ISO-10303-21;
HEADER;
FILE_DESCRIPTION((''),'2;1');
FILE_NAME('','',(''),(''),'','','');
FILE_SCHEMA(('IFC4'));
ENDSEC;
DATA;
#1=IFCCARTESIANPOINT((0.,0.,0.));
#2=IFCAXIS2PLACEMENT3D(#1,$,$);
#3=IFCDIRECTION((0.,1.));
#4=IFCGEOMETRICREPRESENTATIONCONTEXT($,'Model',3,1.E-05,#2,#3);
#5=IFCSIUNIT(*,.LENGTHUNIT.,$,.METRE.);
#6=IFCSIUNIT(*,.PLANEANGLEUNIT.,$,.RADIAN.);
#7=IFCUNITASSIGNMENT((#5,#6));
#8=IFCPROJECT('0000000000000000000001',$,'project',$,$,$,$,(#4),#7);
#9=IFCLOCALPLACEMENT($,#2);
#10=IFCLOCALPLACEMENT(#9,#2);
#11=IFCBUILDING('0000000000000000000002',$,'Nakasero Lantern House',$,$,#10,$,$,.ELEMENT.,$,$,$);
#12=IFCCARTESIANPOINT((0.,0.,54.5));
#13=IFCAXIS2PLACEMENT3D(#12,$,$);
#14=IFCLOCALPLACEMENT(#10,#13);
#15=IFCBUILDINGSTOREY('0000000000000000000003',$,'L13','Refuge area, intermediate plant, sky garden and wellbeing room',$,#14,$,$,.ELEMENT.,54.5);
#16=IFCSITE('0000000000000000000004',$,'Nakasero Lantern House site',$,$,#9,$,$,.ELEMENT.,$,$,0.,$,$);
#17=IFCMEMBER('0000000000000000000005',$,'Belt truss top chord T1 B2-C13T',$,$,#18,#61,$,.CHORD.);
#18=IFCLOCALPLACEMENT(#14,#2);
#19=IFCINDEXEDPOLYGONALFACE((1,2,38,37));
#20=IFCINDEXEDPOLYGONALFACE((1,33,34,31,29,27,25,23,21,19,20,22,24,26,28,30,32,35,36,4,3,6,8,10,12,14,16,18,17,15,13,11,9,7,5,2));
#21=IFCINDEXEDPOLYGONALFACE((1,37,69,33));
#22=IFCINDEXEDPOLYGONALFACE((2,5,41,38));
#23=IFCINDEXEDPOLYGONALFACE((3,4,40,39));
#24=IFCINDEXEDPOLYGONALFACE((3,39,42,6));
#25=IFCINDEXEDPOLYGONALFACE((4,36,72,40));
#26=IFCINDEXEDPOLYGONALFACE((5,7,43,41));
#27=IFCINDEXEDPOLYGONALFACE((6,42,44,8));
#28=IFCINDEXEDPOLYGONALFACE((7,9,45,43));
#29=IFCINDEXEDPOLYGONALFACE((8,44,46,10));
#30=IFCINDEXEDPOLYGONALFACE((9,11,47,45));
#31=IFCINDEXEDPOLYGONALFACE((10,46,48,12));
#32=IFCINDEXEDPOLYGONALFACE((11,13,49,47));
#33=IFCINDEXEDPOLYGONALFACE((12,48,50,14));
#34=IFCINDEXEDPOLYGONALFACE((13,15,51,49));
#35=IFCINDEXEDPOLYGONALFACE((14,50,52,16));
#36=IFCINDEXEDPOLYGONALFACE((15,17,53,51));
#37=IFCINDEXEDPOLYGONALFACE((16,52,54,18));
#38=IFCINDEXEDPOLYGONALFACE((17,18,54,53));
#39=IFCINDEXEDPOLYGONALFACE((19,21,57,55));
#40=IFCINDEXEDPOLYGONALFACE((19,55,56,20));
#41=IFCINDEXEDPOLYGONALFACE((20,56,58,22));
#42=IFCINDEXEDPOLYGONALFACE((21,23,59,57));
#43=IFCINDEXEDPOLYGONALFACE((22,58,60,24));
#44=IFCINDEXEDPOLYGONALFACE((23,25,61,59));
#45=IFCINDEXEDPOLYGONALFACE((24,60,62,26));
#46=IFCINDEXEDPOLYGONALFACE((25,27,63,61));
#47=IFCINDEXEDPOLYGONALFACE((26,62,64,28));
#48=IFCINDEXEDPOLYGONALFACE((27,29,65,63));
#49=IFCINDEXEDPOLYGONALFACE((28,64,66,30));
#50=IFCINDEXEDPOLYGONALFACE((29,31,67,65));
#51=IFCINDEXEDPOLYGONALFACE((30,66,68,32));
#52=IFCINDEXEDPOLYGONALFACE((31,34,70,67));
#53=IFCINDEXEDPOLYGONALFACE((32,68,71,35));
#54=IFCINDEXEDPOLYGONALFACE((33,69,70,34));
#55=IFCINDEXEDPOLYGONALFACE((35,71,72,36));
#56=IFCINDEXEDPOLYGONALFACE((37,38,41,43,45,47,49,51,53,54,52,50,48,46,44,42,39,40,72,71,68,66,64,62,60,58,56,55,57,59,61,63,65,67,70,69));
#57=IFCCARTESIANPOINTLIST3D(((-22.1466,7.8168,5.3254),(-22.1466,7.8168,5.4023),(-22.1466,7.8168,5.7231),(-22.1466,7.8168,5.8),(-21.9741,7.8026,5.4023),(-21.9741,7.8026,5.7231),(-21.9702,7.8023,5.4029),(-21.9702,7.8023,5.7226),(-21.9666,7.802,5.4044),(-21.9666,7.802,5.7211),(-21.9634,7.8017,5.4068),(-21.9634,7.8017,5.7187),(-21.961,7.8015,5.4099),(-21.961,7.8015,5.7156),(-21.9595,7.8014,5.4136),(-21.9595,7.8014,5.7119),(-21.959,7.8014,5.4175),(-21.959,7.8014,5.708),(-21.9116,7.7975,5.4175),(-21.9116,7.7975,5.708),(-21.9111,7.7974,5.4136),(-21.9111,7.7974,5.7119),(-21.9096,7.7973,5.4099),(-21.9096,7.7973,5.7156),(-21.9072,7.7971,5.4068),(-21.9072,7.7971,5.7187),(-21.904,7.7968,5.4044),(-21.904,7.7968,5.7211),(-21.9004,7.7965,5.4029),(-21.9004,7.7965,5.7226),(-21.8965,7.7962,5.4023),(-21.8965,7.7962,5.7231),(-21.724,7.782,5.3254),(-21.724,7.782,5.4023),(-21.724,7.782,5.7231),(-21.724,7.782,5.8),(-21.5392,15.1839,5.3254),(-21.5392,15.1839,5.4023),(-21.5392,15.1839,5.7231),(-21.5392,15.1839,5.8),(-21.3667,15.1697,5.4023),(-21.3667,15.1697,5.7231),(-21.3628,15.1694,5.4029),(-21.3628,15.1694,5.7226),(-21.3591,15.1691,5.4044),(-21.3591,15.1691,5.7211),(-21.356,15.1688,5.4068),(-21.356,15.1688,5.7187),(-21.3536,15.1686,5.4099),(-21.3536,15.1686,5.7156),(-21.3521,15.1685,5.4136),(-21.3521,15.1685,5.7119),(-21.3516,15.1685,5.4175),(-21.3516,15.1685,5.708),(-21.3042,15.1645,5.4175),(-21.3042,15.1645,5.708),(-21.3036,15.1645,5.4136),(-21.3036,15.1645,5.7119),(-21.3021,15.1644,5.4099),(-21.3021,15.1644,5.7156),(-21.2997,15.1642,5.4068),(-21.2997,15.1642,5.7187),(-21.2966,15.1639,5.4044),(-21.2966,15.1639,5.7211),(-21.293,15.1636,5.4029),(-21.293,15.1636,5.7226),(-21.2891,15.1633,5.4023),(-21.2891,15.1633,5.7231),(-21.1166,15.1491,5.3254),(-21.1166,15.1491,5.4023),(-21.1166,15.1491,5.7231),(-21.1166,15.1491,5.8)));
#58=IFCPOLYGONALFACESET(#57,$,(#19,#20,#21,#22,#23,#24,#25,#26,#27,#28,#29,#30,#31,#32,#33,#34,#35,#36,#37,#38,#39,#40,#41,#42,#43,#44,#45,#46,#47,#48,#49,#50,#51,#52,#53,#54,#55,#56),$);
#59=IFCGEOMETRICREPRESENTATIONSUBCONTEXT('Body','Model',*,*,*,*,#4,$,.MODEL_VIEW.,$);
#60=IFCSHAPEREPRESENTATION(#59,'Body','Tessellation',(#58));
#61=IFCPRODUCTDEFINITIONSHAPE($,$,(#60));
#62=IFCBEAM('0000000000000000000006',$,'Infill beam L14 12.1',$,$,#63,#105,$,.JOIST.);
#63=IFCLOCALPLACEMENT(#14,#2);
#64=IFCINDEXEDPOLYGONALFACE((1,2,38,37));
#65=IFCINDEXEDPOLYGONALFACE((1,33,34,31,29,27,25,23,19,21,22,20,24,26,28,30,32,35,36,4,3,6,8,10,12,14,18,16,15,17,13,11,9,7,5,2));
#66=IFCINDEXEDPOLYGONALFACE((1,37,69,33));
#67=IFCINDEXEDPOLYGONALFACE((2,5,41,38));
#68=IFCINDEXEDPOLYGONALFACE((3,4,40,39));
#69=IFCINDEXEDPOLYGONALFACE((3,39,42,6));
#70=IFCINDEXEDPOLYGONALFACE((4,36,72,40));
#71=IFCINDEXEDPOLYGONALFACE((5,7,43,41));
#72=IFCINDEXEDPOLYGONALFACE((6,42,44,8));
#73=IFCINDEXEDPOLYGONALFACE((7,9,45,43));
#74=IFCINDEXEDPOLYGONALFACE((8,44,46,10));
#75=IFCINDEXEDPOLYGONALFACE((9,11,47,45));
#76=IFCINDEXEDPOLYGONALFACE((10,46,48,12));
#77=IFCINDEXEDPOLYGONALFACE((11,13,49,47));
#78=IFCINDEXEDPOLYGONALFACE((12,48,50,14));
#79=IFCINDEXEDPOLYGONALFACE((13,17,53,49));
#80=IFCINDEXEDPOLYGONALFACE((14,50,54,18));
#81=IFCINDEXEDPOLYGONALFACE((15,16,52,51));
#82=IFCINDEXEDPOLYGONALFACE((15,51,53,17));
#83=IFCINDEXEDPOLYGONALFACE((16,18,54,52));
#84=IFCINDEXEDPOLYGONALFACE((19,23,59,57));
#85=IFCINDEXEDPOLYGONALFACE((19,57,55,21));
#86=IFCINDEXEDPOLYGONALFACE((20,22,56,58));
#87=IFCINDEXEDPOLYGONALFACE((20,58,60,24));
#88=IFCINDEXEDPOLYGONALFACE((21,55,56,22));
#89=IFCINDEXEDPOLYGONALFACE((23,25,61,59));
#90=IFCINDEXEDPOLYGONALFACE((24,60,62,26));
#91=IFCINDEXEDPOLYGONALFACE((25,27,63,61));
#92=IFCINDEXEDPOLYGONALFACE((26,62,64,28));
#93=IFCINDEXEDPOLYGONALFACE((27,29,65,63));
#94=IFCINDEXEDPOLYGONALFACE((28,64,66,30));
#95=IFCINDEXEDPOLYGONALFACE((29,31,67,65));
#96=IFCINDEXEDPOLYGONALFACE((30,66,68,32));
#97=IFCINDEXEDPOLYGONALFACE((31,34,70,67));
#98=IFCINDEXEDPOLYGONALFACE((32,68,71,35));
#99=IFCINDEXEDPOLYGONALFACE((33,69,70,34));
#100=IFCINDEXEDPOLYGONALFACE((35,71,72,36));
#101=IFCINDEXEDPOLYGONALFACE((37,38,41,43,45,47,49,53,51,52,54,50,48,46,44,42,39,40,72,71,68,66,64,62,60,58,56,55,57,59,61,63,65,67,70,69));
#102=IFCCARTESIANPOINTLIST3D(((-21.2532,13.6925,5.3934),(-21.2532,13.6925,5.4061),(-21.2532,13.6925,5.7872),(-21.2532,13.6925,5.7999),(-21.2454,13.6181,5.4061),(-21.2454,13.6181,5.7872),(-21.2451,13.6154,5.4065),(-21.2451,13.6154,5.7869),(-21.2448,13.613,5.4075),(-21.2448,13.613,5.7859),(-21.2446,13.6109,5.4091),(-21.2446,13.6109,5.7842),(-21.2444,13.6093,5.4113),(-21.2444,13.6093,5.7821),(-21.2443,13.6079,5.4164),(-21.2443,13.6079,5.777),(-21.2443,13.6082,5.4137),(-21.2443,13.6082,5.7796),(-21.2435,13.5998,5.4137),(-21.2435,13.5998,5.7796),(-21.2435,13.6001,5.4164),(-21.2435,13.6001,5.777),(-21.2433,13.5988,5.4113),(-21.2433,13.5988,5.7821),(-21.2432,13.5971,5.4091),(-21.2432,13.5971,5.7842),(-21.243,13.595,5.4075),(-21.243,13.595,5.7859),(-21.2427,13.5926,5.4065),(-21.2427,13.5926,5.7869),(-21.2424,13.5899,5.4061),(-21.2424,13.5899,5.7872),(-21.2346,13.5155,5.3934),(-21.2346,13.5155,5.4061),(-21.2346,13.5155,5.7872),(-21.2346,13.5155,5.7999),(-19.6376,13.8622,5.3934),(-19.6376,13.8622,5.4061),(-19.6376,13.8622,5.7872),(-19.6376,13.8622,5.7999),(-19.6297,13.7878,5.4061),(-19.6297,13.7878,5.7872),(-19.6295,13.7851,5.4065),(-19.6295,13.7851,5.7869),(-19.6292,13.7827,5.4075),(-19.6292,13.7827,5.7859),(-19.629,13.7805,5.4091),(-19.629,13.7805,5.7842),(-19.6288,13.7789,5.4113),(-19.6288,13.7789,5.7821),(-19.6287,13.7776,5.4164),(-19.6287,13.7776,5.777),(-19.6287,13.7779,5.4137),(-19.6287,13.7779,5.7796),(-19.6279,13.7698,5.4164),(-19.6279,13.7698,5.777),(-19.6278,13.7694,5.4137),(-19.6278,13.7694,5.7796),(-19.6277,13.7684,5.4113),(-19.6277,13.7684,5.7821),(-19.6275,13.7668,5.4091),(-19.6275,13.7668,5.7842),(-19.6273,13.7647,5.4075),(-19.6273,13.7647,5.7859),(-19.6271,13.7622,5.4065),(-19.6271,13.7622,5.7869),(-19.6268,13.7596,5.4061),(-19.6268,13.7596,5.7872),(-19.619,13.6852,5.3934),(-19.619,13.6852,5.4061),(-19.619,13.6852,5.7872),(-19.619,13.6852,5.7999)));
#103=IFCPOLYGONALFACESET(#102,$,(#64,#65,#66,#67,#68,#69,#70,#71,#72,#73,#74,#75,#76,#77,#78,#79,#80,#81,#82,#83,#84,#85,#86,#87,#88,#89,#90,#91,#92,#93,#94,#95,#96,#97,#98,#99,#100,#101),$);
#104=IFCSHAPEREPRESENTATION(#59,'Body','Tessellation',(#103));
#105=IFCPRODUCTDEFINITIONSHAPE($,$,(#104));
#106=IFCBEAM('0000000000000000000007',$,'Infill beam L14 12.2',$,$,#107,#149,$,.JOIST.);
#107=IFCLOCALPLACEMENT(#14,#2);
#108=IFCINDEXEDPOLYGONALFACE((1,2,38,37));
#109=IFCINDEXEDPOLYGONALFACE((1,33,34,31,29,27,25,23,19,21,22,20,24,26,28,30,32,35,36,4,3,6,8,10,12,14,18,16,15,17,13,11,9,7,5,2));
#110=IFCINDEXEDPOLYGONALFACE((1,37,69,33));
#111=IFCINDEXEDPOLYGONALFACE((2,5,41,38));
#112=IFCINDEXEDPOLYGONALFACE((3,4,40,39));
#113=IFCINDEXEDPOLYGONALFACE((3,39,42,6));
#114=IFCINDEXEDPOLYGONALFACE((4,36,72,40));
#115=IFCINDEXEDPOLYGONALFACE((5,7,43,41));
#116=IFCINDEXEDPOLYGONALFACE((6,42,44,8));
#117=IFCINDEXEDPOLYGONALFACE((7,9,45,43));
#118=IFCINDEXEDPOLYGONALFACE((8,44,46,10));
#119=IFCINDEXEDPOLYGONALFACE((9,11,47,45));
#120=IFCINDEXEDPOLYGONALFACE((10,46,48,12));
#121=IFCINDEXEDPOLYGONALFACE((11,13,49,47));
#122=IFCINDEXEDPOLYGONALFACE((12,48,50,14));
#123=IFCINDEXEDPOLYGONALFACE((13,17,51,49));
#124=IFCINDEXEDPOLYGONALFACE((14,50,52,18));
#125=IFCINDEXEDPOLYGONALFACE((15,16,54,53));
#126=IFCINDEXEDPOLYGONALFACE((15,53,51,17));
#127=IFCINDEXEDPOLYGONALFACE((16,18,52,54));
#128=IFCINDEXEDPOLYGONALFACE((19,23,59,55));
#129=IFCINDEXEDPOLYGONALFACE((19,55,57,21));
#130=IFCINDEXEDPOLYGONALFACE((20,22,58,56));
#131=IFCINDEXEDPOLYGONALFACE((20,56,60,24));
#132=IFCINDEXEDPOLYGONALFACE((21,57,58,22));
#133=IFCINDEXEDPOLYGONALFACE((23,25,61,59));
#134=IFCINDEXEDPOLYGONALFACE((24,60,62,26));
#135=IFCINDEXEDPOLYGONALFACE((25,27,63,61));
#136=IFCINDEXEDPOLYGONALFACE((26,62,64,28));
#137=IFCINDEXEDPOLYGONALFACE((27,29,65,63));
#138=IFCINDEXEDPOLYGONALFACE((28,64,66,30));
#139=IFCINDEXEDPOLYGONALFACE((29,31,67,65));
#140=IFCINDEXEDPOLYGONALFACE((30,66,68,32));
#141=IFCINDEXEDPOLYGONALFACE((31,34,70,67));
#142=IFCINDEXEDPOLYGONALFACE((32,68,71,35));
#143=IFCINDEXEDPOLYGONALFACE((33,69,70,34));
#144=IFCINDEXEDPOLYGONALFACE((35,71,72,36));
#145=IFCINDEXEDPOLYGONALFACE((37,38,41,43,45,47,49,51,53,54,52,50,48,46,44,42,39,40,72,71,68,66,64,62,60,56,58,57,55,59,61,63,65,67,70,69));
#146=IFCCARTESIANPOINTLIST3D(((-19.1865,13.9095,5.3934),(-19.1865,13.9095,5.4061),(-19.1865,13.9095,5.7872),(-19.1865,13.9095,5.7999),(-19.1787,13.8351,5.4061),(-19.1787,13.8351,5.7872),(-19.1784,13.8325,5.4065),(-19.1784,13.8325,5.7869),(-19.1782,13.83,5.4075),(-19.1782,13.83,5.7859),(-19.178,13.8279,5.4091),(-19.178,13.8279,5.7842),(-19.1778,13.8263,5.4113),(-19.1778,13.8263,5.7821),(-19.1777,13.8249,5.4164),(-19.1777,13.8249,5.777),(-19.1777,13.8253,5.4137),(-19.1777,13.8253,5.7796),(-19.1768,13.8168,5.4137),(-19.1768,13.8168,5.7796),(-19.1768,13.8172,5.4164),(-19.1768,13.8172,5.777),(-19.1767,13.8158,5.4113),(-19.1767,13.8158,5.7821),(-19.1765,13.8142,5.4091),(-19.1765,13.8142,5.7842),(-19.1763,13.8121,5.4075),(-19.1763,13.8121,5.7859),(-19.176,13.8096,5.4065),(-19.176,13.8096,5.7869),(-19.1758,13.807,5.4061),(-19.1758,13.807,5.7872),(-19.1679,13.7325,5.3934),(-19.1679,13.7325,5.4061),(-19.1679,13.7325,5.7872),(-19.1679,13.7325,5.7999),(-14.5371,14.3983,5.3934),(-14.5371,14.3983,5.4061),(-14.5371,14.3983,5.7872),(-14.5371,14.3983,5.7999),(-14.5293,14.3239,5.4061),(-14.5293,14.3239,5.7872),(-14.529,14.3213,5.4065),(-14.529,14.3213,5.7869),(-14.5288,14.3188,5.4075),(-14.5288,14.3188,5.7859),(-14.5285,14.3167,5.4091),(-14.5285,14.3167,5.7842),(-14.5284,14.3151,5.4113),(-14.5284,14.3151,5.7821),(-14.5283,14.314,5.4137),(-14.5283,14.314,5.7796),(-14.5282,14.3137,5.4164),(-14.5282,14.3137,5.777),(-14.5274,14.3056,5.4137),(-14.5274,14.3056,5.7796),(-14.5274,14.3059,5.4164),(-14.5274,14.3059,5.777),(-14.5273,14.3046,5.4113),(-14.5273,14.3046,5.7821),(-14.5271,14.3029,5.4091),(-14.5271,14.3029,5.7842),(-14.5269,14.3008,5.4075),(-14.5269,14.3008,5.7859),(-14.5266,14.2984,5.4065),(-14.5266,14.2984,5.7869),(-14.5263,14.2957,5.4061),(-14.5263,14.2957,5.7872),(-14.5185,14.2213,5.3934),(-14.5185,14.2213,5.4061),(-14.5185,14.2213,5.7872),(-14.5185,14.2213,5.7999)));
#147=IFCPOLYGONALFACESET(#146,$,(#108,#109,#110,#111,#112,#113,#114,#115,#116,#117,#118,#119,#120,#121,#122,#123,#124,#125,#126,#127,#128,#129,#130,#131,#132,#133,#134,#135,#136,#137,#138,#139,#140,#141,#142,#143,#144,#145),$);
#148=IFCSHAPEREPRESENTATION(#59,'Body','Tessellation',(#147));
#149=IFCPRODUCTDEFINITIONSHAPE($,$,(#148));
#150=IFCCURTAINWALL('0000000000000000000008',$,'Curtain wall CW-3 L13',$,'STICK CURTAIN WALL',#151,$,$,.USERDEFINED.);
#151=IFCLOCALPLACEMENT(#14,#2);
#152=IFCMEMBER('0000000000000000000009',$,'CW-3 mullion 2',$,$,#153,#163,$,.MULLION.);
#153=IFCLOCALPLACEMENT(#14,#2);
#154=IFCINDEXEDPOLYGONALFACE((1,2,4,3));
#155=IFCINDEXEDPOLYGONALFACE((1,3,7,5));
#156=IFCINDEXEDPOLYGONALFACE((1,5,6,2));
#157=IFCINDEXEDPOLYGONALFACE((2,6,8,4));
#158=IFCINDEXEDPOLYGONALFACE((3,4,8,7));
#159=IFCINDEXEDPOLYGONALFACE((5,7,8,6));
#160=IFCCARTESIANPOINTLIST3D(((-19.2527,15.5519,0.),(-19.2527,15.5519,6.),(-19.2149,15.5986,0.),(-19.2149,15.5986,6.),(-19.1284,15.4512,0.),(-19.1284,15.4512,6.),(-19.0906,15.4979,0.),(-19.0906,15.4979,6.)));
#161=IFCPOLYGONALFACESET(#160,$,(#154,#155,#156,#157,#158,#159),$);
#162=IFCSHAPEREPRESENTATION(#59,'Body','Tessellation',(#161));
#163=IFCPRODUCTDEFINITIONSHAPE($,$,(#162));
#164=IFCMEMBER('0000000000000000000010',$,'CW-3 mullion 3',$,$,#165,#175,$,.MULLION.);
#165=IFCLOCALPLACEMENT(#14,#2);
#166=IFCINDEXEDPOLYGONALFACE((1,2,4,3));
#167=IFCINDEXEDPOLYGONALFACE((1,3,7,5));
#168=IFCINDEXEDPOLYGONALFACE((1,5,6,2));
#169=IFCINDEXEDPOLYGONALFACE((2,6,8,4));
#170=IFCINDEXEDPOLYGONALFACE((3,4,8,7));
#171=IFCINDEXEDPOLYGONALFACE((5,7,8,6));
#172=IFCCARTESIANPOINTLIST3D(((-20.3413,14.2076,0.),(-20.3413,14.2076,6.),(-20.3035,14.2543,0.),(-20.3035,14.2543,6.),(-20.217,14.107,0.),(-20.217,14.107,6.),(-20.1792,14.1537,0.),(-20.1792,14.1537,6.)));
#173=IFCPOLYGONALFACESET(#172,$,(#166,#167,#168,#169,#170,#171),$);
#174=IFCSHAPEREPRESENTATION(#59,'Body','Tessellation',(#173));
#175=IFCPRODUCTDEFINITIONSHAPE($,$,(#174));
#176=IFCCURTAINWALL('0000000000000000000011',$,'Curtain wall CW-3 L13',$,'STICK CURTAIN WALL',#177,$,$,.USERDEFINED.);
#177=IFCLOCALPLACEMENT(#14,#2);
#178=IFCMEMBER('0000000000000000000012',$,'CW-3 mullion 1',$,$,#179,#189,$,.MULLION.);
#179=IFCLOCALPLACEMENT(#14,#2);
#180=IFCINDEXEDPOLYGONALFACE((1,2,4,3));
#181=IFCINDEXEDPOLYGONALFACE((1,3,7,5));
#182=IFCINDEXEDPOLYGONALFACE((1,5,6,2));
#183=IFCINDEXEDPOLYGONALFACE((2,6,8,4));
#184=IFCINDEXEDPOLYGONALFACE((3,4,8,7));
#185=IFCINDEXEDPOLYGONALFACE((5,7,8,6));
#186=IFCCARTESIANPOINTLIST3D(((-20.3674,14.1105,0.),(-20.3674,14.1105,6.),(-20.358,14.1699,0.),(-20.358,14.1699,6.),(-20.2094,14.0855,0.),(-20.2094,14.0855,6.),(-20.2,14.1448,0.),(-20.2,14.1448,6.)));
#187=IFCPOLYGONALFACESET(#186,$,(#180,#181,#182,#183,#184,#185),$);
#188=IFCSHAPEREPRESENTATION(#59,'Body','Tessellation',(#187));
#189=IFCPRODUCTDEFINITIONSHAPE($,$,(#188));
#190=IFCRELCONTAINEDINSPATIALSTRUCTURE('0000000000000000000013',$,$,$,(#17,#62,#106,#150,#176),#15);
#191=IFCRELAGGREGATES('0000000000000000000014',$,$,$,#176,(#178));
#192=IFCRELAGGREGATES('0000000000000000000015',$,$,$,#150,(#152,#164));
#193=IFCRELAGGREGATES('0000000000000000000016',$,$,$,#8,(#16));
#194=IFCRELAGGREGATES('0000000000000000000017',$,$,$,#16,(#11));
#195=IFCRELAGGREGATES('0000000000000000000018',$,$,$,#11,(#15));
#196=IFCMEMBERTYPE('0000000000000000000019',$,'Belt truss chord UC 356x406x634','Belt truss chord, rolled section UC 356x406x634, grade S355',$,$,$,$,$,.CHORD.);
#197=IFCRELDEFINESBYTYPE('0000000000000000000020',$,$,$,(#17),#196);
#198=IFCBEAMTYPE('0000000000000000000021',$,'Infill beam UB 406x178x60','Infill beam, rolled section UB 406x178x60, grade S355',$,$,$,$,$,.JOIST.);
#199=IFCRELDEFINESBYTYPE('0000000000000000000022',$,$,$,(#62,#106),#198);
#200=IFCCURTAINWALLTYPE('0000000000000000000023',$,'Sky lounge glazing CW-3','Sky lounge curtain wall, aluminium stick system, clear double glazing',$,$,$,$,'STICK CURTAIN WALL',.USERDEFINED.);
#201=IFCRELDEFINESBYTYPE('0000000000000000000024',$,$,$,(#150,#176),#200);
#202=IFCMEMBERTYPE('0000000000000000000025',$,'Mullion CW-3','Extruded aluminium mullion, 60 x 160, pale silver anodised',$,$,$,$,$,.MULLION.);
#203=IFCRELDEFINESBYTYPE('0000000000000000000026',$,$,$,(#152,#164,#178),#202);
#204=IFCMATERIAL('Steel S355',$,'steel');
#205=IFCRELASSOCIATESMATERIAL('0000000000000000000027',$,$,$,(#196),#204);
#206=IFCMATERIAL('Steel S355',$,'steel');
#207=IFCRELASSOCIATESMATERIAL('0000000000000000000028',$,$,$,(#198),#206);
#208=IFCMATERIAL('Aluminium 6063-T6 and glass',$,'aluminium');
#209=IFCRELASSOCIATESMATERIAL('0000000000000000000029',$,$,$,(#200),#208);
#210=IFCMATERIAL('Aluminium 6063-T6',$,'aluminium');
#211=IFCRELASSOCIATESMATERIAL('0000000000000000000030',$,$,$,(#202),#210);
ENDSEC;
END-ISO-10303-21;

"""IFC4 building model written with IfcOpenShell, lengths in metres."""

from ifc_helpers import new_model, si_unit, direction, frame, origin, origin_2d, place, context, subcontext, project, spatial, rectangle, i_section, extrude, material, material_profile, profile_set, type_object, element, aggregate, save


model = new_model("IFC4")

# Units and contexts
model_context = context("Model", 3, precision=1e-05, world=origin(), true_north=direction((0.0, 1.0)))
body_context = subcontext(model_context, "Body", "Model", "MODEL_VIEW")
ifc_project = project(units=[si_unit("LENGTHUNIT", "METRE"), si_unit("PLANEANGLEUNIT", "RADIAN")], contexts=[model_context])

# Site, building, storey
site_placement = place(None, origin())
site = spatial("IfcSite", under=ifc_project, at=site_placement, Name="Nakasero Lantern House site", CompositionType="ELEMENT", RefElevation=0.0)
building_placement = place(site_placement, origin())
building = spatial("IfcBuilding", under=site, at=building_placement, Name="Nakasero Lantern House", CompositionType="ELEMENT")
storey_placement = place(building_placement, frame((0.0, 0.0, 54.5)))
storey = spatial("IfcBuildingStorey", under=building, at=storey_placement, Name="L13", Description="Refuge area, intermediate plant, sky garden and wellbeing room", CompositionType="ELEMENT", Elevation=54.5)

# Member
ifc_material_1 = material(Name="Steel S355", Category="steel")
ifc_material_profile_1 = material_profile(ifc_material_1, i_section(OverallWidth=0.4241, OverallDepth=0.4746, WebThickness=0.0476, FlangeThickness=0.0769, FilletRadius=0.0151, at=origin_2d()), Name="UC 356x406x634")
ifc_profile_set_1 = profile_set([ifc_material_profile_1], Name="Steel S355")
member_type_1 = type_object("IfcMemberType", Name="Belt truss chord UC 356x406x634", Description="Belt truss chord, rolled section UC 356x406x634, grade S355", PredefinedType="CHORD", material=ifc_profile_set_1)
member_1_placement = place(storey_placement, frame((-21.3279, 15.1665, 5.5627), z_axis=(-0.082171, -0.996618, 0.0), x_axis=(0.996618, -0.082171, 0.0)))
element("IfcMember", 1, at=member_1_placement, inside=storey, type_object=member_type_1, Name="Belt truss top chord T1 B2-C13T", PredefinedType="CHORD", context=body_context, shape_type="SweptSolid", body=[
    extrude(i_section(OverallWidth=0.4241, OverallDepth=0.4746, WebThickness=0.0476, FlangeThickness=0.0769, FilletRadius=0.0151, at=origin_2d()), origin(), (0.0, 0.0, 1.0), 7.3921),
])

# Beams
ifc_material_2 = material(Name="Steel S355", Category="steel")
ifc_material_profile_2 = material_profile(ifc_material_2, i_section(OverallWidth=0.178, OverallDepth=0.4065, WebThickness=0.0078, FlangeThickness=0.0127, FilletRadius=0.0103, at=origin_2d()), Name="UB 406x178x60")
ifc_profile_set_2 = profile_set([ifc_material_profile_2], Name="Steel S355")
beam_type_1 = type_object("IfcBeamType", Name="Infill beam UB 406x178x60", Description="Infill beam, rolled section UB 406x178x60, grade S355", PredefinedType="JOIST", material=ifc_profile_set_2)
beam_1_placement = place(storey_placement, frame((-21.2439, 13.604, 5.5967), z_axis=(0.994531, 0.104442, 0.0), x_axis=(-0.104442, 0.994531, 0.0)))
element("IfcBeam", 2, at=beam_1_placement, inside=storey, type_object=beam_type_1, Name="Infill beam L14 12.1", PredefinedType="JOIST", context=body_context, shape_type="SweptSolid", body=[
    extrude(i_section(OverallWidth=0.178, OverallDepth=0.4065, WebThickness=0.0078, FlangeThickness=0.0127, FilletRadius=0.0103, at=origin_2d()), origin(), (0.0, 0.0, 1.0), 1.6245),
])
beam_2_placement = place(storey_placement, frame((-19.1772, 13.821, 5.5967), z_axis=(0.99452, 0.104549, 0.0), x_axis=(-0.104549, 0.99452, 0.0)))
element("IfcBeam", 3, at=beam_2_placement, inside=storey, type_object=beam_type_1, Name="Infill beam L14 12.2", PredefinedType="JOIST", context=body_context, shape_type="SweptSolid", body=[
    extrude(i_section(OverallWidth=0.178, OverallDepth=0.4065, WebThickness=0.0078, FlangeThickness=0.0127, FilletRadius=0.0103, at=origin_2d()), origin(), (0.0, 0.0, 1.0), 4.675),
])

# Curtain walls, members
ifc_material_3 = material(Name="Aluminium 6063-T6 and glass", Category="aluminium")
curtain_wall_type = type_object("IfcCurtainWallType", Name="Sky lounge glazing CW-3", Description="Sky lounge curtain wall, aluminium stick system, clear double glazing", ElementType="STICK CURTAIN WALL", PredefinedType="USERDEFINED", material=ifc_material_3)
curtain_wall_1_placement = place(storey_placement, origin())
curtain_wall_1 = element("IfcCurtainWall", 4, at=curtain_wall_1_placement, inside=storey, type_object=curtain_wall_type, Name="Curtain wall CW-3 L13", ObjectType="STICK CURTAIN WALL", PredefinedType="USERDEFINED")
ifc_material_4 = material(Name="Aluminium 6063-T6", Category="aluminium")
ifc_material_profile_3 = material_profile(ifc_material_4, rectangle(XDim=0.0601, YDim=0.1599, at=origin_2d()), Name="CW-3 mullion 60x160")
ifc_profile_set_3 = profile_set([ifc_material_profile_3], Name="Aluminium 6063-T6")
member_type_2 = type_object("IfcMemberType", Name="Mullion CW-3", Description="Extruded aluminium mullion, 60 x 160, pale silver anodised", PredefinedType="MULLION", material=ifc_profile_set_3)
member_2_placement = place(storey_placement, frame((-19.1716, 15.5249, 0.0), z_axis=(0.0, 0.0, 1.0), x_axis=(-0.62932, -0.777146, 0.0)))
member_2 = element("IfcMember", 5, at=member_2_placement, type_object=member_type_2, Name="CW-3 mullion 2", PredefinedType="MULLION", context=body_context, shape_type="SweptSolid", body=[
    extrude(rectangle(XDim=0.0601, YDim=0.1599, at=origin_2d()), origin(), (0.0, 0.0, 1.0), 6.0),
])
member_3_placement = place(storey_placement, frame((-20.2603, 14.1807, 0.0), z_axis=(0.0, 0.0, 1.0), x_axis=(-0.62932, -0.777146, 0.0)))
member_3 = element("IfcMember", 6, at=member_3_placement, type_object=member_type_2, Name="CW-3 mullion 3", PredefinedType="MULLION", context=body_context, shape_type="SweptSolid", body=[
    extrude(rectangle(XDim=0.0601, YDim=0.1599, at=origin_2d()), origin(), (0.0, 0.0, 1.0), 6.0),
])
curtain_wall_2_placement = place(storey_placement, origin())
curtain_wall_2 = element("IfcCurtainWall", 7, at=curtain_wall_2_placement, inside=storey, type_object=curtain_wall_type, Name="Curtain wall CW-3 L13", ObjectType="STICK CURTAIN WALL", PredefinedType="USERDEFINED")
member_4_placement = place(storey_placement, frame((-20.2837, 14.1277, 0.0), z_axis=(0.0, 0.0, 1.0), x_axis=(-0.156434, -0.987688, 0.0)))
member_4 = element("IfcMember", 8, at=member_4_placement, type_object=member_type_2, Name="CW-3 mullion 1", PredefinedType="MULLION", context=body_context, shape_type="SweptSolid", body=[
    extrude(rectangle(XDim=0.0601, YDim=0.1599, at=origin_2d()), origin(), (0.0, 0.0, 1.0), 6.0),
])

aggregate(curtain_wall_2, [member_4])
aggregate(curtain_wall_1, [member_2, member_3])

save(model, "model.ifc")
